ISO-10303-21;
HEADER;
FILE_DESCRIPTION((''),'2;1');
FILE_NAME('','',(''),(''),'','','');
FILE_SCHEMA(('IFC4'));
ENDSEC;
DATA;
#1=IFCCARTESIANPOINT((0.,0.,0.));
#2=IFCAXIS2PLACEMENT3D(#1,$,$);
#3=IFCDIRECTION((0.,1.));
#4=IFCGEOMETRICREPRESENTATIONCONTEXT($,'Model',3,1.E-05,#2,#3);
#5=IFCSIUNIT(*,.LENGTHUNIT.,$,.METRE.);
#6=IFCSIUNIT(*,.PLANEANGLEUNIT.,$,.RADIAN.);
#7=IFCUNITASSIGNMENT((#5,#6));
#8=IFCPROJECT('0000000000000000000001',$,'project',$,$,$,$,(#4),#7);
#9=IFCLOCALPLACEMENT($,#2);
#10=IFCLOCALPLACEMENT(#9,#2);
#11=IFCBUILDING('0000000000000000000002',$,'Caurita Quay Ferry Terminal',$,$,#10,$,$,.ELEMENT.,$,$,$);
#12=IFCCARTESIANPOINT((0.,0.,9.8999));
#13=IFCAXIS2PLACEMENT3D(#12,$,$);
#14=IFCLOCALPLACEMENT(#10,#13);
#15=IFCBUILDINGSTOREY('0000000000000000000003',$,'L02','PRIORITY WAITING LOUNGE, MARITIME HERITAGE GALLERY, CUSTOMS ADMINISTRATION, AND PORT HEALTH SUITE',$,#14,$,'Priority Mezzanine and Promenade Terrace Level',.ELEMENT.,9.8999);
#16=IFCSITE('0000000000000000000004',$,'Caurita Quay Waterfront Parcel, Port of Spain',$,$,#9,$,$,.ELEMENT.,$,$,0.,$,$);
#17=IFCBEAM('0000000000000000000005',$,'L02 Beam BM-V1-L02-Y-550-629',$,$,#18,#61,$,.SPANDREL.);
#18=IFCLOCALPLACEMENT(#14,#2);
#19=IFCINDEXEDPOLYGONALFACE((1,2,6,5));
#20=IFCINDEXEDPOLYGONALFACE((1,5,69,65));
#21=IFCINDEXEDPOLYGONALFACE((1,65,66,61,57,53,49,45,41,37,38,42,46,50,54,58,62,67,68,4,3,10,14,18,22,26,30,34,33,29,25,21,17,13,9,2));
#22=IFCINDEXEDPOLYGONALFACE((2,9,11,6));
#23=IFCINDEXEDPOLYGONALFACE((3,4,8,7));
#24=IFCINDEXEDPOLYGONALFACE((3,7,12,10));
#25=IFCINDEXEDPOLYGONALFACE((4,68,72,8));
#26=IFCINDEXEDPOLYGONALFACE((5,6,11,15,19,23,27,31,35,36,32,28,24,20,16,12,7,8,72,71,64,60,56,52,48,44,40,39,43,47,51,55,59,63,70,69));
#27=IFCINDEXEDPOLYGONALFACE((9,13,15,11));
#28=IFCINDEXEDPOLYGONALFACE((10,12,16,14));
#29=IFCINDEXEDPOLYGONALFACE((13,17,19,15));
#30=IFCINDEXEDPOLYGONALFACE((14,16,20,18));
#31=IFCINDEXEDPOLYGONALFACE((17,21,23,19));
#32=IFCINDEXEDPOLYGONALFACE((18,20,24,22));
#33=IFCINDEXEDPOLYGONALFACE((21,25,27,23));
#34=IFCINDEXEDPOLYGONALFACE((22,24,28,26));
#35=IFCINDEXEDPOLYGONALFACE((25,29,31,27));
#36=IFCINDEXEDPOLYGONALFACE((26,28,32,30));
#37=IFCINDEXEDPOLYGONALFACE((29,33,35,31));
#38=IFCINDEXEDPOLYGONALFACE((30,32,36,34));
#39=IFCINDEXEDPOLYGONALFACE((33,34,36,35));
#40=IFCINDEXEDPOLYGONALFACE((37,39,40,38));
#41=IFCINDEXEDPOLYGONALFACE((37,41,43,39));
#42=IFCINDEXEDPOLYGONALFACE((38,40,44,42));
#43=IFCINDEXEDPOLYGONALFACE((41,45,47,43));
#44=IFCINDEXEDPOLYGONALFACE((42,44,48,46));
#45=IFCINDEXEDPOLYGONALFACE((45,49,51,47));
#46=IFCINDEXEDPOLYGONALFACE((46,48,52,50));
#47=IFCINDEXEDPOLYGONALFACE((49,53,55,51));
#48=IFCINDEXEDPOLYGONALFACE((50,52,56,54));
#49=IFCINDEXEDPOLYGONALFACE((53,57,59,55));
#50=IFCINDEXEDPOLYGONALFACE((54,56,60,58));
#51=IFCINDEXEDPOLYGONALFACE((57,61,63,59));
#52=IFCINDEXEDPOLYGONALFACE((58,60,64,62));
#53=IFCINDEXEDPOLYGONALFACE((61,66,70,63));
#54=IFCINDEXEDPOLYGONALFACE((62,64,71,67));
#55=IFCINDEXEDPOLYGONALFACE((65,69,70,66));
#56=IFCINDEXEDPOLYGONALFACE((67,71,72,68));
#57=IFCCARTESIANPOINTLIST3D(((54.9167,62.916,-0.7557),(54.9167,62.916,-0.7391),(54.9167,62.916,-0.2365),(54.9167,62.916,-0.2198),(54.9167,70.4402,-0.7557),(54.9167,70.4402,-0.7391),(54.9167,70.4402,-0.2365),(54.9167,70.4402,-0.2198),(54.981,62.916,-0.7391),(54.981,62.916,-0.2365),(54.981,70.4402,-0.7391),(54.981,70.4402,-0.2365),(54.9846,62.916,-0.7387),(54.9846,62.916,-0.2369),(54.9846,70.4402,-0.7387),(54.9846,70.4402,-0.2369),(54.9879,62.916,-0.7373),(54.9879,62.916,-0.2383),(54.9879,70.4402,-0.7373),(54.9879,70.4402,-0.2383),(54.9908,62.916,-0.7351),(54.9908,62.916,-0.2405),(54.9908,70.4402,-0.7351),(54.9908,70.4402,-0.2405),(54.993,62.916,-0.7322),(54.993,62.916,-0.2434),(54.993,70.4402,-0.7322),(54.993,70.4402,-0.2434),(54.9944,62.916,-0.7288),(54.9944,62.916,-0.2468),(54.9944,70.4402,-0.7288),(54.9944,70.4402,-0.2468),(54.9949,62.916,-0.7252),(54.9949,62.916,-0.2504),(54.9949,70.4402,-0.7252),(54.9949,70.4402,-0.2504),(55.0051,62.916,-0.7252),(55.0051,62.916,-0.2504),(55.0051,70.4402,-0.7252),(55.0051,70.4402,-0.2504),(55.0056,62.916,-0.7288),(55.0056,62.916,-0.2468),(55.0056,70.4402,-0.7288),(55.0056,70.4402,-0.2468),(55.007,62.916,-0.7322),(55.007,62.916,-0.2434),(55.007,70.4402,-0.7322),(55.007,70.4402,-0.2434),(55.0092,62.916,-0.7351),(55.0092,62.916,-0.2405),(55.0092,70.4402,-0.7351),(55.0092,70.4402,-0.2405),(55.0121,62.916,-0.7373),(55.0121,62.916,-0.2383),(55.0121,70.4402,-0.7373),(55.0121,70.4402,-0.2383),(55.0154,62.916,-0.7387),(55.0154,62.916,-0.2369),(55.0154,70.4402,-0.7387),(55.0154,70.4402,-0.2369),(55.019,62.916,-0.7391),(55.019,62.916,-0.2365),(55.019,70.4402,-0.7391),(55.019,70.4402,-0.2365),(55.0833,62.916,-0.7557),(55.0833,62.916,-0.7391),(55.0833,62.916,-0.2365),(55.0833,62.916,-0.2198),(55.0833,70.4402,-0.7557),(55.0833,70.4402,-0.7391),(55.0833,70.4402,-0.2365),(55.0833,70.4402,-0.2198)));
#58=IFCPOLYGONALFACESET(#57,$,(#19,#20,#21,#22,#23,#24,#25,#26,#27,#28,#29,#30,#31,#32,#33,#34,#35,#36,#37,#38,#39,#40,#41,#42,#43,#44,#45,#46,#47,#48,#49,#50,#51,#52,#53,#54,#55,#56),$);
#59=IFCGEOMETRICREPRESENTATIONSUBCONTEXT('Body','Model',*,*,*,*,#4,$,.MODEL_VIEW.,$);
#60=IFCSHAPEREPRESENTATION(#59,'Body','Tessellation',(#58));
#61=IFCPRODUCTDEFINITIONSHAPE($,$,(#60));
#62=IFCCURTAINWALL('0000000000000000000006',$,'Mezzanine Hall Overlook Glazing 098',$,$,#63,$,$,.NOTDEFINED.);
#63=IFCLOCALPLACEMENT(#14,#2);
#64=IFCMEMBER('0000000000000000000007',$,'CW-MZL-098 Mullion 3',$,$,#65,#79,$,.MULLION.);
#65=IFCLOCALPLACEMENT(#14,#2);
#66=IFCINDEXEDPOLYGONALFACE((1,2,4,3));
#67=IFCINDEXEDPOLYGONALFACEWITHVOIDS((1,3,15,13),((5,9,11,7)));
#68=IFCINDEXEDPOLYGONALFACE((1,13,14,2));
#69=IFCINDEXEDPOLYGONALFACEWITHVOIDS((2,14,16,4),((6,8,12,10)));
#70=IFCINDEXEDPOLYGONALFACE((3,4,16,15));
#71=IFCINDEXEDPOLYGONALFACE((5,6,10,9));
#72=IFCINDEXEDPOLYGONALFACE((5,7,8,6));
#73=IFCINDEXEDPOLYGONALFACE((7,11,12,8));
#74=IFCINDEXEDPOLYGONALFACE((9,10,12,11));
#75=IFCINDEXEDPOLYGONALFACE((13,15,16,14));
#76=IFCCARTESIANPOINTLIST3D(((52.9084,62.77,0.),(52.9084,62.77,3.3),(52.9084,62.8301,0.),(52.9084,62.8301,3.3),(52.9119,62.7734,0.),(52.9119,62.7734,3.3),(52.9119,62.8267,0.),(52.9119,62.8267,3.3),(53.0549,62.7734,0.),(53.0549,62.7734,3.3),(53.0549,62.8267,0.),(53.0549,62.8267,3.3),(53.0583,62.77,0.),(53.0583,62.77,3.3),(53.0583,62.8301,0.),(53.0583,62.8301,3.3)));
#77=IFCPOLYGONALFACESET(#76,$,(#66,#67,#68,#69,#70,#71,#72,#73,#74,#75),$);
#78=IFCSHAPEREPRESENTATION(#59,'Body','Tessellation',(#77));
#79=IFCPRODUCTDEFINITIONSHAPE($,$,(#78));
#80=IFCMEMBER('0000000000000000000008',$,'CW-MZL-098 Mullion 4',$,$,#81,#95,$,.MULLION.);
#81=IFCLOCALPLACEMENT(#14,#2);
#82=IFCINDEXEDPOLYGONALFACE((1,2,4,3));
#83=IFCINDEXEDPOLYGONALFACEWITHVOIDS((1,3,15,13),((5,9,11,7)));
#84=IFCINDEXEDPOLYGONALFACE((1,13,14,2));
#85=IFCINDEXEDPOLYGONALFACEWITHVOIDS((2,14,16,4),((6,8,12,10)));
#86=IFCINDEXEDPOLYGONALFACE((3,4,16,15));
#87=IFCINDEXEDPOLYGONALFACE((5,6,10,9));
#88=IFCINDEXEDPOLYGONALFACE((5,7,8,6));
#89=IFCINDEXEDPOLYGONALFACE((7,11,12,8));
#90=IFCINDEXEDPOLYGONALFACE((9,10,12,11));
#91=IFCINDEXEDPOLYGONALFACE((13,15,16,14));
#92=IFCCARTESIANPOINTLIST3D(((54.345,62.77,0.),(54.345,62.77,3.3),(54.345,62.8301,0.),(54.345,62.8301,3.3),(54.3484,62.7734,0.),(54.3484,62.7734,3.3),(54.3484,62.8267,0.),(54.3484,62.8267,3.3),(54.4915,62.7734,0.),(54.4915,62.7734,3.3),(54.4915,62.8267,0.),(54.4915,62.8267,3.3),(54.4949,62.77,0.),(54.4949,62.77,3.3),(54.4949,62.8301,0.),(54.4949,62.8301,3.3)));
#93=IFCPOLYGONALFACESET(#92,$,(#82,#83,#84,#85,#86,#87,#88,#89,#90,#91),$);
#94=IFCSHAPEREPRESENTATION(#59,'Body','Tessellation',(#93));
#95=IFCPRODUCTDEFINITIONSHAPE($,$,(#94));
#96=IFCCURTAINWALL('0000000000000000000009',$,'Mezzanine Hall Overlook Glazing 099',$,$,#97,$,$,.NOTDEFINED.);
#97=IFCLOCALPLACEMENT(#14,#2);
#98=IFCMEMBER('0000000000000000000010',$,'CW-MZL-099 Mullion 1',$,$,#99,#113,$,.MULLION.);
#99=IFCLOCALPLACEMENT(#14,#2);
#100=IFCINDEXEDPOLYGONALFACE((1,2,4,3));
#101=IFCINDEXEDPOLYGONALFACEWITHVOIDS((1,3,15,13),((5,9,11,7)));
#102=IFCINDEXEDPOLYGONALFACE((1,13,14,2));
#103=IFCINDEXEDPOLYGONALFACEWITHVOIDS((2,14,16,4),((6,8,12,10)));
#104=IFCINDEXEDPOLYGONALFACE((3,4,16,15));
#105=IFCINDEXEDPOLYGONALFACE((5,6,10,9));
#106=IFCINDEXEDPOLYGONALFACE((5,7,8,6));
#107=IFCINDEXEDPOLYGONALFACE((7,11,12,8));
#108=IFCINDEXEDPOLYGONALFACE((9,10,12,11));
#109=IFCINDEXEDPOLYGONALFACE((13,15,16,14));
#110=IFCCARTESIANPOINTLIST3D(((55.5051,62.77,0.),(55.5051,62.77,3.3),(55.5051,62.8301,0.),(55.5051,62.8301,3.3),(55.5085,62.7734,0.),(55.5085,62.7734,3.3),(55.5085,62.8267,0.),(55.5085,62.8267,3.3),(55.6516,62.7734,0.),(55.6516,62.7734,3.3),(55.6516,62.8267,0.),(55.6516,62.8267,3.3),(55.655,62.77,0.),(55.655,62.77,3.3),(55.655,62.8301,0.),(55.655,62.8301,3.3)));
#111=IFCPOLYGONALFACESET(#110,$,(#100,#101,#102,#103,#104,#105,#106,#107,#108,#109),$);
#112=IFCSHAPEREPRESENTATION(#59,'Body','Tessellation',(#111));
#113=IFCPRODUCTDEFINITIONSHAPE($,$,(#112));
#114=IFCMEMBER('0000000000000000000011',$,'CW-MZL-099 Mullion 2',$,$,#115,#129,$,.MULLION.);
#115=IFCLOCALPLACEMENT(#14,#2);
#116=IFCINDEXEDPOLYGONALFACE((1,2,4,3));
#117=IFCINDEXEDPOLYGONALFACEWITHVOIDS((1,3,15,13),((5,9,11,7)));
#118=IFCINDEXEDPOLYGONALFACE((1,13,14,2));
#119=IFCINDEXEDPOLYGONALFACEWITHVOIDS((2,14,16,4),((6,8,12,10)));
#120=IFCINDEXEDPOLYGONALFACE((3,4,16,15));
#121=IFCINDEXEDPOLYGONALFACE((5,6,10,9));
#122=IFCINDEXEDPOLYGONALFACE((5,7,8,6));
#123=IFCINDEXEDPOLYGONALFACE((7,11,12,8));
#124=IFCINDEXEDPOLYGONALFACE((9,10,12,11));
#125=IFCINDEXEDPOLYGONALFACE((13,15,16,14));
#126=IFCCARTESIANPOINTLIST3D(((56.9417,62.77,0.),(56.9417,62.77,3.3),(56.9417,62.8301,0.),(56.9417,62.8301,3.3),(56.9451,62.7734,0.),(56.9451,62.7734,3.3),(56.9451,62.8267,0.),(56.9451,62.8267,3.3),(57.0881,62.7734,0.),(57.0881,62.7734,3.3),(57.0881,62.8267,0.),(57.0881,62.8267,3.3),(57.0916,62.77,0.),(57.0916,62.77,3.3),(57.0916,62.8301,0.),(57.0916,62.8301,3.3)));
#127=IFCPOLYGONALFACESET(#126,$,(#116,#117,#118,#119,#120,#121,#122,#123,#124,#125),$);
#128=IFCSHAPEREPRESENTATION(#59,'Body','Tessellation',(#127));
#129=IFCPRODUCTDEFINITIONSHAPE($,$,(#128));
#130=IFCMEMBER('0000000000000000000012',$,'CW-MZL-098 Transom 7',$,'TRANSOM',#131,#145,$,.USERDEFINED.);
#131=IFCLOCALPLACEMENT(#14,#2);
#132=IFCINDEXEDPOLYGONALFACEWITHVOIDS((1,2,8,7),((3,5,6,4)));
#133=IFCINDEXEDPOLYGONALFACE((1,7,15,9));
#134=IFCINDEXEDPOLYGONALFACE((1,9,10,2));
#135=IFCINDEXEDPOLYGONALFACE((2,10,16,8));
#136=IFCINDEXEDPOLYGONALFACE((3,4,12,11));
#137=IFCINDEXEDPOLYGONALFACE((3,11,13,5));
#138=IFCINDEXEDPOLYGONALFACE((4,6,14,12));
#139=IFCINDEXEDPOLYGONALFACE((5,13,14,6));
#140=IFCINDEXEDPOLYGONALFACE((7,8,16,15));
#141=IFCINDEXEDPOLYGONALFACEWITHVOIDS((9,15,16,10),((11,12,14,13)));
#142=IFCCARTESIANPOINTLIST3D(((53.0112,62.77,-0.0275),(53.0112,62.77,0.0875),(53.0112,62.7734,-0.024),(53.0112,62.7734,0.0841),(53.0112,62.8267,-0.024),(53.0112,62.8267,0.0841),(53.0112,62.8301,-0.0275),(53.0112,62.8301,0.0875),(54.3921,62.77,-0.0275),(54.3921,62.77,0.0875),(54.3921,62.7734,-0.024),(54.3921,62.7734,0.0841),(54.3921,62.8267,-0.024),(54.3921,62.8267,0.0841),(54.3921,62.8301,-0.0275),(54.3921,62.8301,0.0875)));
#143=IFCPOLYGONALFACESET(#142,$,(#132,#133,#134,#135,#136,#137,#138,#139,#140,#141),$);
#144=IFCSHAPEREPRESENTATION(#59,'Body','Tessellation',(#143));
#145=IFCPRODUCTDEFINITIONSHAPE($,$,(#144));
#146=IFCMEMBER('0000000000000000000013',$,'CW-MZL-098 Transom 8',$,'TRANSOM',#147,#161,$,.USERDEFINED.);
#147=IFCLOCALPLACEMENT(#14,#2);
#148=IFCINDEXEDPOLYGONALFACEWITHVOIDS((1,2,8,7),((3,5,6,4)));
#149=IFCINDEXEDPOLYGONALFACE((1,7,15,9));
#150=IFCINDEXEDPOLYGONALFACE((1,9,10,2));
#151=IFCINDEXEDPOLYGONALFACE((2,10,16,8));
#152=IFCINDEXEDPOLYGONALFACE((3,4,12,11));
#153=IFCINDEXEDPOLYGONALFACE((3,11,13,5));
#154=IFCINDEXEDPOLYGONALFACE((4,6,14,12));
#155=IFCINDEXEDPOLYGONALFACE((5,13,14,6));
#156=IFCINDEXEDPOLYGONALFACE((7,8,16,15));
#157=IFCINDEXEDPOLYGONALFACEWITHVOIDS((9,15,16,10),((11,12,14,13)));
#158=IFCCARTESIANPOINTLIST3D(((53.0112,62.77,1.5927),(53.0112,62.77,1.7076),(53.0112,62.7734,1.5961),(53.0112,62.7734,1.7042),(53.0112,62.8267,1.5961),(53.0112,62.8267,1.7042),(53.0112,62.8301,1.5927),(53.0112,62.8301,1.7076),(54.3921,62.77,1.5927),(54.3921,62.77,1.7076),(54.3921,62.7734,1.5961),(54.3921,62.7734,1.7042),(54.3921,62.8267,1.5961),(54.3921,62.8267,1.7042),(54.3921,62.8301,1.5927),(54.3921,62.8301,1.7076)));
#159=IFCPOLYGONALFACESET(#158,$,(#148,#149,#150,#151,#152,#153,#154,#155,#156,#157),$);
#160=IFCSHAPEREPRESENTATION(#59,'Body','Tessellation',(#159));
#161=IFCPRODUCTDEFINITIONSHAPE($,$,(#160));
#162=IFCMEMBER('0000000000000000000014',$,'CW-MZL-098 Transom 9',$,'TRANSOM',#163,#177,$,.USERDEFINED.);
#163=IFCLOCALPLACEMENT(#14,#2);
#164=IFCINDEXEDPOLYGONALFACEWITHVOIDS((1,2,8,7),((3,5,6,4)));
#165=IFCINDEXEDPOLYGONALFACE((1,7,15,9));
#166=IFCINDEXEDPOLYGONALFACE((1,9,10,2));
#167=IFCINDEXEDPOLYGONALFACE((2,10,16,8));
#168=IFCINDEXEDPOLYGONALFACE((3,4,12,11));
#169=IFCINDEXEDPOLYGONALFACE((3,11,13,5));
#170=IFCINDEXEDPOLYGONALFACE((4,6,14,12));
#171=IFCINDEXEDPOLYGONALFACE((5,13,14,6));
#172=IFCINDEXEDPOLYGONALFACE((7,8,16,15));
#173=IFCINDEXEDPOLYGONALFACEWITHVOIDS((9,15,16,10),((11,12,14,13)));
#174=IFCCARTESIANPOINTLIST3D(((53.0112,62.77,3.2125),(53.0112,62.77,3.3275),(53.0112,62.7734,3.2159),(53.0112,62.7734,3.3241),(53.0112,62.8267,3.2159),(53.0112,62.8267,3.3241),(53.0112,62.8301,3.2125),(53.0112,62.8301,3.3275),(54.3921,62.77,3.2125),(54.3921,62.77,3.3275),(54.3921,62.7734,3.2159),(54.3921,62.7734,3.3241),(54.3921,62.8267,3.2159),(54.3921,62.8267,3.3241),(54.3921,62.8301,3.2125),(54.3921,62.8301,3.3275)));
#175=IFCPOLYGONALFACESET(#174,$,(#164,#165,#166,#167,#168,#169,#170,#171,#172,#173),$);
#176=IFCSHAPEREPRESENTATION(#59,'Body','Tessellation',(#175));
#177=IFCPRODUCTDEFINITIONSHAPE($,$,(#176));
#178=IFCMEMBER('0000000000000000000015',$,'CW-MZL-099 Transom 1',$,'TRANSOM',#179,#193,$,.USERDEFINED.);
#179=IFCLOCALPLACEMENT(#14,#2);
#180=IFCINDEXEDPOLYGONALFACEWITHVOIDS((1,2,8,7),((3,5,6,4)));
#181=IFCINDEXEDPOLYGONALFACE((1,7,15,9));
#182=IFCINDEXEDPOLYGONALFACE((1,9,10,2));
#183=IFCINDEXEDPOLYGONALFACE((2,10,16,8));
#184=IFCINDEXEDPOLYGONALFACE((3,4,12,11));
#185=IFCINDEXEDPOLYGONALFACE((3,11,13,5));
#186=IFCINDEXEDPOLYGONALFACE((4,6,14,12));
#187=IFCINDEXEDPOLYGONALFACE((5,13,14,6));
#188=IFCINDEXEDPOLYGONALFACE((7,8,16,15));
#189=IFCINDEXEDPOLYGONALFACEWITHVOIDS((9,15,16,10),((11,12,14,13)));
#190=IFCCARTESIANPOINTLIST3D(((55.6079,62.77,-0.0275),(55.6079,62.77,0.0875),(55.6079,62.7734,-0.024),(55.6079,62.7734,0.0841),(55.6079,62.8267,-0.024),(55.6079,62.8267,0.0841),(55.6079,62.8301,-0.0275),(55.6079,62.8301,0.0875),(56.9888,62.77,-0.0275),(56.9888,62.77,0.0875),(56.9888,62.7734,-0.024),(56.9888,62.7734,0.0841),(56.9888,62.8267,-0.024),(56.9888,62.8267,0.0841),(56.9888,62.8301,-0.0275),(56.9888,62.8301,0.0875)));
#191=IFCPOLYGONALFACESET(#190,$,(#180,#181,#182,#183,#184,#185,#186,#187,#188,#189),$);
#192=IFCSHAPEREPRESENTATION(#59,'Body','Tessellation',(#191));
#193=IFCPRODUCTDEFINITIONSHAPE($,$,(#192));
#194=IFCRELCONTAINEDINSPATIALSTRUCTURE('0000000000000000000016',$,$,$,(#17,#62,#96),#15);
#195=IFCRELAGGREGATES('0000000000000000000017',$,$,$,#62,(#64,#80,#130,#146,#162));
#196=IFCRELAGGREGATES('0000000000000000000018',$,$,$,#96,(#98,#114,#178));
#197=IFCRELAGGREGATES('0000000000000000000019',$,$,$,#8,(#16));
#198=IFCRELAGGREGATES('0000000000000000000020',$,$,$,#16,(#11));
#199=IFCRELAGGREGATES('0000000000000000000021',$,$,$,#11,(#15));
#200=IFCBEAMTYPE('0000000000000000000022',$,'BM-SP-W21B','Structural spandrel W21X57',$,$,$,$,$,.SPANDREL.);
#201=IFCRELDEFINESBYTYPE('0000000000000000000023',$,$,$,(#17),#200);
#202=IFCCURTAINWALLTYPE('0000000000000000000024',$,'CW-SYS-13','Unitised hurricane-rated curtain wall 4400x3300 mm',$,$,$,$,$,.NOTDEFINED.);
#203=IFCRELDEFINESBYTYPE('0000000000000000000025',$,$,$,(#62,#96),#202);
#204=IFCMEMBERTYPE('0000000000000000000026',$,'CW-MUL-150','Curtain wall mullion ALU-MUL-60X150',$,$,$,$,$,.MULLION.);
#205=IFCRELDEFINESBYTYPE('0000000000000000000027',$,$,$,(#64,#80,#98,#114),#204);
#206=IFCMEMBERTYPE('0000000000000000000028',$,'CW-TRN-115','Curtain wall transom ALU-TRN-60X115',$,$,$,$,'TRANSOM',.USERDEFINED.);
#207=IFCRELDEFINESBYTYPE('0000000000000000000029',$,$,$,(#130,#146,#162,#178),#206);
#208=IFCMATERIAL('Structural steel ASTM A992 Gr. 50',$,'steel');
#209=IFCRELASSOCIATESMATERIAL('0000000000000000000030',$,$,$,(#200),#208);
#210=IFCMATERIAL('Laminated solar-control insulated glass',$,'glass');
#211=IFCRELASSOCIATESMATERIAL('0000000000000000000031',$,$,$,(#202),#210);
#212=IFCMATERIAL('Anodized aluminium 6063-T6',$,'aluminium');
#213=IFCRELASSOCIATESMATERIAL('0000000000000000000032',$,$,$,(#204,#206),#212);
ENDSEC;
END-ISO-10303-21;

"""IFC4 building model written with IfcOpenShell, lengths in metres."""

from ifc_helpers import new_model, si_unit, direction, frame, origin, origin_2d, place, context, subcontext, project, spatial, hollow_rectangle, i_section, extrude, material, material_profile, profile_set, type_object, element, aggregate, save


model = new_model("IFC4")

# Units and contexts
model_context = context("Model", 3, precision=1e-05, world=origin(), true_north=direction((0.0, 1.0)))
body_context = subcontext(model_context, "Body", "Model", "MODEL_VIEW")
ifc_project = project(units=[si_unit("LENGTHUNIT", "METRE"), si_unit("PLANEANGLEUNIT", "RADIAN")], contexts=[model_context])

# Site, building, storey
site_placement = place(None, origin())
site = spatial("IfcSite", under=ifc_project, at=site_placement, Name="Caurita Quay Waterfront Parcel, Port of Spain", CompositionType="ELEMENT", RefElevation=0.0)
building_placement = place(site_placement, origin())
building = spatial("IfcBuilding", under=site, at=building_placement, Name="Caurita Quay Ferry Terminal", CompositionType="ELEMENT")
storey_placement = place(building_placement, frame((0.0, 0.0, 9.8999)))
storey = spatial("IfcBuildingStorey", under=building, at=storey_placement, Name="L02", Description="PRIORITY WAITING LOUNGE, MARITIME HERITAGE GALLERY, CUSTOMS ADMINISTRATION, AND PORT HEALTH SUITE", LongName="Priority Mezzanine and Promenade Terrace Level", CompositionType="ELEMENT", Elevation=9.8999)

# Beam
ifc_material_1 = material(Name="Structural steel ASTM A992 Gr. 50", Category="steel")
ifc_material_profile_1 = material_profile(ifc_material_1, i_section(OverallWidth=0.1665, OverallDepth=0.5359, WebThickness=0.0103, FlangeThickness=0.0166, FilletRadius=0.0139, at=origin_2d()), Name="W21X57")
ifc_profile_set_1 = profile_set([ifc_material_profile_1], Name="Structural steel ASTM A992 Gr. 50")
beam_type = type_object("IfcBeamType", Name="BM-SP-W21B", Description="Structural spandrel W21X57", PredefinedType="SPANDREL", material=ifc_profile_set_1)
beam_placement = place(storey_placement, frame((55.0, 62.916, -0.4878), z_axis=(0.0, 1.0, 0.0), x_axis=(-1.0, 0.0, 0.0)))
element("IfcBeam", 1, at=beam_placement, inside=storey, type_object=beam_type, Name="L02 Beam BM-V1-L02-Y-550-629", PredefinedType="SPANDREL", context=body_context, shape_type="SweptSolid", body=[
    extrude(i_section(OverallWidth=0.1665, OverallDepth=0.5359, WebThickness=0.0103, FlangeThickness=0.0166, FilletRadius=0.0139, at=origin_2d()), origin(), (0.0, 0.0, 1.0), 7.5242),
])

# Curtain walls, members
ifc_material_2 = material(Name="Laminated solar-control insulated glass", Category="glass")
curtain_wall_type = type_object("IfcCurtainWallType", Name="CW-SYS-13", Description="Unitised hurricane-rated curtain wall 4400x3300 mm", PredefinedType="NOTDEFINED", material=ifc_material_2)
curtain_wall_1_placement = place(storey_placement, origin())
curtain_wall_1 = element("IfcCurtainWall", 2, at=curtain_wall_1_placement, inside=storey, type_object=curtain_wall_type, Name="Mezzanine Hall Overlook Glazing 098", PredefinedType="NOTDEFINED")
ifc_material_3 = material(Name="Anodized aluminium 6063-T6", Category="aluminium")
ifc_material_profile_2 = material_profile(ifc_material_3, hollow_rectangle(XDim=0.0601, YDim=0.1499, WallThickness=0.0034, at=origin_2d()), Name="ALU-MUL-60X150")
ifc_profile_set_2 = profile_set([ifc_material_profile_2], Name="Anodized aluminium 6063-T6")
member_type_1 = type_object("IfcMemberType", Name="CW-MUL-150", Description="Curtain wall mullion ALU-MUL-60X150", PredefinedType="MULLION", material=ifc_profile_set_2)
member_1_placement = place(storey_placement, frame((52.9834, 62.8, 0.0), z_axis=(0.0, 0.0, 1.0), x_axis=(0.0, 1.0, 0.0)))
member_1 = element("IfcMember", 3, at=member_1_placement, type_object=member_type_1, Name="CW-MZL-098 Mullion 3", PredefinedType="MULLION", context=body_context, shape_type="SweptSolid", body=[
    extrude(hollow_rectangle(XDim=0.0601, YDim=0.1499, WallThickness=0.0034, at=origin_2d()), origin(), (0.0, 0.0, 1.0), 3.3),
])
member_2_placement = place(storey_placement, frame((54.4199, 62.8, 0.0), z_axis=(0.0, 0.0, 1.0), x_axis=(0.0, 1.0, 0.0)))
member_2 = element("IfcMember", 4, at=member_2_placement, type_object=member_type_1, Name="CW-MZL-098 Mullion 4", PredefinedType="MULLION", context=body_context, shape_type="SweptSolid", body=[
    extrude(hollow_rectangle(XDim=0.0601, YDim=0.1499, WallThickness=0.0034, at=origin_2d()), origin(), (0.0, 0.0, 1.0), 3.3),
])
curtain_wall_2_placement = place(storey_placement, origin())
curtain_wall_2 = element("IfcCurtainWall", 5, at=curtain_wall_2_placement, inside=storey, type_object=curtain_wall_type, Name="Mezzanine Hall Overlook Glazing 099", PredefinedType="NOTDEFINED")
member_3_placement = place(storey_placement, frame((55.5801, 62.8, 0.0), z_axis=(0.0, 0.0, 1.0), x_axis=(0.0, 1.0, 0.0)))
member_3 = element("IfcMember", 6, at=member_3_placement, type_object=member_type_1, Name="CW-MZL-099 Mullion 1", PredefinedType="MULLION", context=body_context, shape_type="SweptSolid", body=[
    extrude(hollow_rectangle(XDim=0.0601, YDim=0.1499, WallThickness=0.0034, at=origin_2d()), origin(), (0.0, 0.0, 1.0), 3.3),
])
member_4_placement = place(storey_placement, frame((57.0166, 62.8, 0.0), z_axis=(0.0, 0.0, 1.0), x_axis=(0.0, 1.0, 0.0)))
member_4 = element("IfcMember", 7, at=member_4_placement, type_object=member_type_1, Name="CW-MZL-099 Mullion 2", PredefinedType="MULLION", context=body_context, shape_type="SweptSolid", body=[
    extrude(hollow_rectangle(XDim=0.0601, YDim=0.1499, WallThickness=0.0034, at=origin_2d()), origin(), (0.0, 0.0, 1.0), 3.3),
])

# Members
ifc_material_profile_3 = material_profile(ifc_material_3, hollow_rectangle(XDim=0.0601, YDim=0.115, WallThickness=0.0034, at=origin_2d()), Name="ALU-TRN-60X115")
ifc_profile_set_3 = profile_set([ifc_material_profile_3], Name="Anodized aluminium 6063-T6")
member_type_2 = type_object("IfcMemberType", Name="CW-TRN-115", Description="Curtain wall transom ALU-TRN-60X115", ElementType="TRANSOM", PredefinedType="USERDEFINED", material=ifc_profile_set_3)
member_5_placement = place(storey_placement, frame((53.0112, 62.8, 0.03), z_axis=(1.0, 0.0, 0.0), x_axis=(0.0, 1.0, 0.0)))
member_5 = element("IfcMember", 8, at=member_5_placement, type_object=member_type_2, Name="CW-MZL-098 Transom 7", ObjectType="TRANSOM", PredefinedType="USERDEFINED", context=body_context, shape_type="SweptSolid", body=[
    extrude(hollow_rectangle(XDim=0.0601, YDim=0.115, WallThickness=0.0034, at=origin_2d()), origin(), (0.0, 0.0, 1.0), 1.3809),
])
member_6_placement = place(storey_placement, frame((53.0112, 62.8, 1.6501), z_axis=(1.0, 0.0, 0.0), x_axis=(0.0, 1.0, 0.0)))
member_6 = element("IfcMember", 9, at=member_6_placement, type_object=member_type_2, Name="CW-MZL-098 Transom 8", ObjectType="TRANSOM", PredefinedType="USERDEFINED", context=body_context, shape_type="SweptSolid", body=[
    extrude(hollow_rectangle(XDim=0.0601, YDim=0.115, WallThickness=0.0034, at=origin_2d()), origin(), (0.0, 0.0, 1.0), 1.3809),
])
member_7_placement = place(storey_placement, frame((53.0112, 62.8, 3.27), z_axis=(1.0, 0.0, 0.0), x_axis=(0.0, 1.0, 0.0)))
member_7 = element("IfcMember", 10, at=member_7_placement, type_object=member_type_2, Name="CW-MZL-098 Transom 9", ObjectType="TRANSOM", PredefinedType="USERDEFINED", context=body_context, shape_type="SweptSolid", body=[
    extrude(hollow_rectangle(XDim=0.0601, YDim=0.115, WallThickness=0.0034, at=origin_2d()), origin(), (0.0, 0.0, 1.0), 1.3809),
])
member_8_placement = place(storey_placement, frame((55.6079, 62.8, 0.03), z_axis=(1.0, 0.0, 0.0), x_axis=(0.0, 1.0, 0.0)))
member_8 = element("IfcMember", 11, at=member_8_placement, type_object=member_type_2, Name="CW-MZL-099 Transom 1", ObjectType="TRANSOM", PredefinedType="USERDEFINED", context=body_context, shape_type="SweptSolid", body=[
    extrude(hollow_rectangle(XDim=0.0601, YDim=0.115, WallThickness=0.0034, at=origin_2d()), origin(), (0.0, 0.0, 1.0), 1.3809),
])

aggregate(curtain_wall_1, [member_1, member_2, member_5, member_6, member_7])
aggregate(curtain_wall_2, [member_3, member_4, member_8])

save(model, "model.ifc")
